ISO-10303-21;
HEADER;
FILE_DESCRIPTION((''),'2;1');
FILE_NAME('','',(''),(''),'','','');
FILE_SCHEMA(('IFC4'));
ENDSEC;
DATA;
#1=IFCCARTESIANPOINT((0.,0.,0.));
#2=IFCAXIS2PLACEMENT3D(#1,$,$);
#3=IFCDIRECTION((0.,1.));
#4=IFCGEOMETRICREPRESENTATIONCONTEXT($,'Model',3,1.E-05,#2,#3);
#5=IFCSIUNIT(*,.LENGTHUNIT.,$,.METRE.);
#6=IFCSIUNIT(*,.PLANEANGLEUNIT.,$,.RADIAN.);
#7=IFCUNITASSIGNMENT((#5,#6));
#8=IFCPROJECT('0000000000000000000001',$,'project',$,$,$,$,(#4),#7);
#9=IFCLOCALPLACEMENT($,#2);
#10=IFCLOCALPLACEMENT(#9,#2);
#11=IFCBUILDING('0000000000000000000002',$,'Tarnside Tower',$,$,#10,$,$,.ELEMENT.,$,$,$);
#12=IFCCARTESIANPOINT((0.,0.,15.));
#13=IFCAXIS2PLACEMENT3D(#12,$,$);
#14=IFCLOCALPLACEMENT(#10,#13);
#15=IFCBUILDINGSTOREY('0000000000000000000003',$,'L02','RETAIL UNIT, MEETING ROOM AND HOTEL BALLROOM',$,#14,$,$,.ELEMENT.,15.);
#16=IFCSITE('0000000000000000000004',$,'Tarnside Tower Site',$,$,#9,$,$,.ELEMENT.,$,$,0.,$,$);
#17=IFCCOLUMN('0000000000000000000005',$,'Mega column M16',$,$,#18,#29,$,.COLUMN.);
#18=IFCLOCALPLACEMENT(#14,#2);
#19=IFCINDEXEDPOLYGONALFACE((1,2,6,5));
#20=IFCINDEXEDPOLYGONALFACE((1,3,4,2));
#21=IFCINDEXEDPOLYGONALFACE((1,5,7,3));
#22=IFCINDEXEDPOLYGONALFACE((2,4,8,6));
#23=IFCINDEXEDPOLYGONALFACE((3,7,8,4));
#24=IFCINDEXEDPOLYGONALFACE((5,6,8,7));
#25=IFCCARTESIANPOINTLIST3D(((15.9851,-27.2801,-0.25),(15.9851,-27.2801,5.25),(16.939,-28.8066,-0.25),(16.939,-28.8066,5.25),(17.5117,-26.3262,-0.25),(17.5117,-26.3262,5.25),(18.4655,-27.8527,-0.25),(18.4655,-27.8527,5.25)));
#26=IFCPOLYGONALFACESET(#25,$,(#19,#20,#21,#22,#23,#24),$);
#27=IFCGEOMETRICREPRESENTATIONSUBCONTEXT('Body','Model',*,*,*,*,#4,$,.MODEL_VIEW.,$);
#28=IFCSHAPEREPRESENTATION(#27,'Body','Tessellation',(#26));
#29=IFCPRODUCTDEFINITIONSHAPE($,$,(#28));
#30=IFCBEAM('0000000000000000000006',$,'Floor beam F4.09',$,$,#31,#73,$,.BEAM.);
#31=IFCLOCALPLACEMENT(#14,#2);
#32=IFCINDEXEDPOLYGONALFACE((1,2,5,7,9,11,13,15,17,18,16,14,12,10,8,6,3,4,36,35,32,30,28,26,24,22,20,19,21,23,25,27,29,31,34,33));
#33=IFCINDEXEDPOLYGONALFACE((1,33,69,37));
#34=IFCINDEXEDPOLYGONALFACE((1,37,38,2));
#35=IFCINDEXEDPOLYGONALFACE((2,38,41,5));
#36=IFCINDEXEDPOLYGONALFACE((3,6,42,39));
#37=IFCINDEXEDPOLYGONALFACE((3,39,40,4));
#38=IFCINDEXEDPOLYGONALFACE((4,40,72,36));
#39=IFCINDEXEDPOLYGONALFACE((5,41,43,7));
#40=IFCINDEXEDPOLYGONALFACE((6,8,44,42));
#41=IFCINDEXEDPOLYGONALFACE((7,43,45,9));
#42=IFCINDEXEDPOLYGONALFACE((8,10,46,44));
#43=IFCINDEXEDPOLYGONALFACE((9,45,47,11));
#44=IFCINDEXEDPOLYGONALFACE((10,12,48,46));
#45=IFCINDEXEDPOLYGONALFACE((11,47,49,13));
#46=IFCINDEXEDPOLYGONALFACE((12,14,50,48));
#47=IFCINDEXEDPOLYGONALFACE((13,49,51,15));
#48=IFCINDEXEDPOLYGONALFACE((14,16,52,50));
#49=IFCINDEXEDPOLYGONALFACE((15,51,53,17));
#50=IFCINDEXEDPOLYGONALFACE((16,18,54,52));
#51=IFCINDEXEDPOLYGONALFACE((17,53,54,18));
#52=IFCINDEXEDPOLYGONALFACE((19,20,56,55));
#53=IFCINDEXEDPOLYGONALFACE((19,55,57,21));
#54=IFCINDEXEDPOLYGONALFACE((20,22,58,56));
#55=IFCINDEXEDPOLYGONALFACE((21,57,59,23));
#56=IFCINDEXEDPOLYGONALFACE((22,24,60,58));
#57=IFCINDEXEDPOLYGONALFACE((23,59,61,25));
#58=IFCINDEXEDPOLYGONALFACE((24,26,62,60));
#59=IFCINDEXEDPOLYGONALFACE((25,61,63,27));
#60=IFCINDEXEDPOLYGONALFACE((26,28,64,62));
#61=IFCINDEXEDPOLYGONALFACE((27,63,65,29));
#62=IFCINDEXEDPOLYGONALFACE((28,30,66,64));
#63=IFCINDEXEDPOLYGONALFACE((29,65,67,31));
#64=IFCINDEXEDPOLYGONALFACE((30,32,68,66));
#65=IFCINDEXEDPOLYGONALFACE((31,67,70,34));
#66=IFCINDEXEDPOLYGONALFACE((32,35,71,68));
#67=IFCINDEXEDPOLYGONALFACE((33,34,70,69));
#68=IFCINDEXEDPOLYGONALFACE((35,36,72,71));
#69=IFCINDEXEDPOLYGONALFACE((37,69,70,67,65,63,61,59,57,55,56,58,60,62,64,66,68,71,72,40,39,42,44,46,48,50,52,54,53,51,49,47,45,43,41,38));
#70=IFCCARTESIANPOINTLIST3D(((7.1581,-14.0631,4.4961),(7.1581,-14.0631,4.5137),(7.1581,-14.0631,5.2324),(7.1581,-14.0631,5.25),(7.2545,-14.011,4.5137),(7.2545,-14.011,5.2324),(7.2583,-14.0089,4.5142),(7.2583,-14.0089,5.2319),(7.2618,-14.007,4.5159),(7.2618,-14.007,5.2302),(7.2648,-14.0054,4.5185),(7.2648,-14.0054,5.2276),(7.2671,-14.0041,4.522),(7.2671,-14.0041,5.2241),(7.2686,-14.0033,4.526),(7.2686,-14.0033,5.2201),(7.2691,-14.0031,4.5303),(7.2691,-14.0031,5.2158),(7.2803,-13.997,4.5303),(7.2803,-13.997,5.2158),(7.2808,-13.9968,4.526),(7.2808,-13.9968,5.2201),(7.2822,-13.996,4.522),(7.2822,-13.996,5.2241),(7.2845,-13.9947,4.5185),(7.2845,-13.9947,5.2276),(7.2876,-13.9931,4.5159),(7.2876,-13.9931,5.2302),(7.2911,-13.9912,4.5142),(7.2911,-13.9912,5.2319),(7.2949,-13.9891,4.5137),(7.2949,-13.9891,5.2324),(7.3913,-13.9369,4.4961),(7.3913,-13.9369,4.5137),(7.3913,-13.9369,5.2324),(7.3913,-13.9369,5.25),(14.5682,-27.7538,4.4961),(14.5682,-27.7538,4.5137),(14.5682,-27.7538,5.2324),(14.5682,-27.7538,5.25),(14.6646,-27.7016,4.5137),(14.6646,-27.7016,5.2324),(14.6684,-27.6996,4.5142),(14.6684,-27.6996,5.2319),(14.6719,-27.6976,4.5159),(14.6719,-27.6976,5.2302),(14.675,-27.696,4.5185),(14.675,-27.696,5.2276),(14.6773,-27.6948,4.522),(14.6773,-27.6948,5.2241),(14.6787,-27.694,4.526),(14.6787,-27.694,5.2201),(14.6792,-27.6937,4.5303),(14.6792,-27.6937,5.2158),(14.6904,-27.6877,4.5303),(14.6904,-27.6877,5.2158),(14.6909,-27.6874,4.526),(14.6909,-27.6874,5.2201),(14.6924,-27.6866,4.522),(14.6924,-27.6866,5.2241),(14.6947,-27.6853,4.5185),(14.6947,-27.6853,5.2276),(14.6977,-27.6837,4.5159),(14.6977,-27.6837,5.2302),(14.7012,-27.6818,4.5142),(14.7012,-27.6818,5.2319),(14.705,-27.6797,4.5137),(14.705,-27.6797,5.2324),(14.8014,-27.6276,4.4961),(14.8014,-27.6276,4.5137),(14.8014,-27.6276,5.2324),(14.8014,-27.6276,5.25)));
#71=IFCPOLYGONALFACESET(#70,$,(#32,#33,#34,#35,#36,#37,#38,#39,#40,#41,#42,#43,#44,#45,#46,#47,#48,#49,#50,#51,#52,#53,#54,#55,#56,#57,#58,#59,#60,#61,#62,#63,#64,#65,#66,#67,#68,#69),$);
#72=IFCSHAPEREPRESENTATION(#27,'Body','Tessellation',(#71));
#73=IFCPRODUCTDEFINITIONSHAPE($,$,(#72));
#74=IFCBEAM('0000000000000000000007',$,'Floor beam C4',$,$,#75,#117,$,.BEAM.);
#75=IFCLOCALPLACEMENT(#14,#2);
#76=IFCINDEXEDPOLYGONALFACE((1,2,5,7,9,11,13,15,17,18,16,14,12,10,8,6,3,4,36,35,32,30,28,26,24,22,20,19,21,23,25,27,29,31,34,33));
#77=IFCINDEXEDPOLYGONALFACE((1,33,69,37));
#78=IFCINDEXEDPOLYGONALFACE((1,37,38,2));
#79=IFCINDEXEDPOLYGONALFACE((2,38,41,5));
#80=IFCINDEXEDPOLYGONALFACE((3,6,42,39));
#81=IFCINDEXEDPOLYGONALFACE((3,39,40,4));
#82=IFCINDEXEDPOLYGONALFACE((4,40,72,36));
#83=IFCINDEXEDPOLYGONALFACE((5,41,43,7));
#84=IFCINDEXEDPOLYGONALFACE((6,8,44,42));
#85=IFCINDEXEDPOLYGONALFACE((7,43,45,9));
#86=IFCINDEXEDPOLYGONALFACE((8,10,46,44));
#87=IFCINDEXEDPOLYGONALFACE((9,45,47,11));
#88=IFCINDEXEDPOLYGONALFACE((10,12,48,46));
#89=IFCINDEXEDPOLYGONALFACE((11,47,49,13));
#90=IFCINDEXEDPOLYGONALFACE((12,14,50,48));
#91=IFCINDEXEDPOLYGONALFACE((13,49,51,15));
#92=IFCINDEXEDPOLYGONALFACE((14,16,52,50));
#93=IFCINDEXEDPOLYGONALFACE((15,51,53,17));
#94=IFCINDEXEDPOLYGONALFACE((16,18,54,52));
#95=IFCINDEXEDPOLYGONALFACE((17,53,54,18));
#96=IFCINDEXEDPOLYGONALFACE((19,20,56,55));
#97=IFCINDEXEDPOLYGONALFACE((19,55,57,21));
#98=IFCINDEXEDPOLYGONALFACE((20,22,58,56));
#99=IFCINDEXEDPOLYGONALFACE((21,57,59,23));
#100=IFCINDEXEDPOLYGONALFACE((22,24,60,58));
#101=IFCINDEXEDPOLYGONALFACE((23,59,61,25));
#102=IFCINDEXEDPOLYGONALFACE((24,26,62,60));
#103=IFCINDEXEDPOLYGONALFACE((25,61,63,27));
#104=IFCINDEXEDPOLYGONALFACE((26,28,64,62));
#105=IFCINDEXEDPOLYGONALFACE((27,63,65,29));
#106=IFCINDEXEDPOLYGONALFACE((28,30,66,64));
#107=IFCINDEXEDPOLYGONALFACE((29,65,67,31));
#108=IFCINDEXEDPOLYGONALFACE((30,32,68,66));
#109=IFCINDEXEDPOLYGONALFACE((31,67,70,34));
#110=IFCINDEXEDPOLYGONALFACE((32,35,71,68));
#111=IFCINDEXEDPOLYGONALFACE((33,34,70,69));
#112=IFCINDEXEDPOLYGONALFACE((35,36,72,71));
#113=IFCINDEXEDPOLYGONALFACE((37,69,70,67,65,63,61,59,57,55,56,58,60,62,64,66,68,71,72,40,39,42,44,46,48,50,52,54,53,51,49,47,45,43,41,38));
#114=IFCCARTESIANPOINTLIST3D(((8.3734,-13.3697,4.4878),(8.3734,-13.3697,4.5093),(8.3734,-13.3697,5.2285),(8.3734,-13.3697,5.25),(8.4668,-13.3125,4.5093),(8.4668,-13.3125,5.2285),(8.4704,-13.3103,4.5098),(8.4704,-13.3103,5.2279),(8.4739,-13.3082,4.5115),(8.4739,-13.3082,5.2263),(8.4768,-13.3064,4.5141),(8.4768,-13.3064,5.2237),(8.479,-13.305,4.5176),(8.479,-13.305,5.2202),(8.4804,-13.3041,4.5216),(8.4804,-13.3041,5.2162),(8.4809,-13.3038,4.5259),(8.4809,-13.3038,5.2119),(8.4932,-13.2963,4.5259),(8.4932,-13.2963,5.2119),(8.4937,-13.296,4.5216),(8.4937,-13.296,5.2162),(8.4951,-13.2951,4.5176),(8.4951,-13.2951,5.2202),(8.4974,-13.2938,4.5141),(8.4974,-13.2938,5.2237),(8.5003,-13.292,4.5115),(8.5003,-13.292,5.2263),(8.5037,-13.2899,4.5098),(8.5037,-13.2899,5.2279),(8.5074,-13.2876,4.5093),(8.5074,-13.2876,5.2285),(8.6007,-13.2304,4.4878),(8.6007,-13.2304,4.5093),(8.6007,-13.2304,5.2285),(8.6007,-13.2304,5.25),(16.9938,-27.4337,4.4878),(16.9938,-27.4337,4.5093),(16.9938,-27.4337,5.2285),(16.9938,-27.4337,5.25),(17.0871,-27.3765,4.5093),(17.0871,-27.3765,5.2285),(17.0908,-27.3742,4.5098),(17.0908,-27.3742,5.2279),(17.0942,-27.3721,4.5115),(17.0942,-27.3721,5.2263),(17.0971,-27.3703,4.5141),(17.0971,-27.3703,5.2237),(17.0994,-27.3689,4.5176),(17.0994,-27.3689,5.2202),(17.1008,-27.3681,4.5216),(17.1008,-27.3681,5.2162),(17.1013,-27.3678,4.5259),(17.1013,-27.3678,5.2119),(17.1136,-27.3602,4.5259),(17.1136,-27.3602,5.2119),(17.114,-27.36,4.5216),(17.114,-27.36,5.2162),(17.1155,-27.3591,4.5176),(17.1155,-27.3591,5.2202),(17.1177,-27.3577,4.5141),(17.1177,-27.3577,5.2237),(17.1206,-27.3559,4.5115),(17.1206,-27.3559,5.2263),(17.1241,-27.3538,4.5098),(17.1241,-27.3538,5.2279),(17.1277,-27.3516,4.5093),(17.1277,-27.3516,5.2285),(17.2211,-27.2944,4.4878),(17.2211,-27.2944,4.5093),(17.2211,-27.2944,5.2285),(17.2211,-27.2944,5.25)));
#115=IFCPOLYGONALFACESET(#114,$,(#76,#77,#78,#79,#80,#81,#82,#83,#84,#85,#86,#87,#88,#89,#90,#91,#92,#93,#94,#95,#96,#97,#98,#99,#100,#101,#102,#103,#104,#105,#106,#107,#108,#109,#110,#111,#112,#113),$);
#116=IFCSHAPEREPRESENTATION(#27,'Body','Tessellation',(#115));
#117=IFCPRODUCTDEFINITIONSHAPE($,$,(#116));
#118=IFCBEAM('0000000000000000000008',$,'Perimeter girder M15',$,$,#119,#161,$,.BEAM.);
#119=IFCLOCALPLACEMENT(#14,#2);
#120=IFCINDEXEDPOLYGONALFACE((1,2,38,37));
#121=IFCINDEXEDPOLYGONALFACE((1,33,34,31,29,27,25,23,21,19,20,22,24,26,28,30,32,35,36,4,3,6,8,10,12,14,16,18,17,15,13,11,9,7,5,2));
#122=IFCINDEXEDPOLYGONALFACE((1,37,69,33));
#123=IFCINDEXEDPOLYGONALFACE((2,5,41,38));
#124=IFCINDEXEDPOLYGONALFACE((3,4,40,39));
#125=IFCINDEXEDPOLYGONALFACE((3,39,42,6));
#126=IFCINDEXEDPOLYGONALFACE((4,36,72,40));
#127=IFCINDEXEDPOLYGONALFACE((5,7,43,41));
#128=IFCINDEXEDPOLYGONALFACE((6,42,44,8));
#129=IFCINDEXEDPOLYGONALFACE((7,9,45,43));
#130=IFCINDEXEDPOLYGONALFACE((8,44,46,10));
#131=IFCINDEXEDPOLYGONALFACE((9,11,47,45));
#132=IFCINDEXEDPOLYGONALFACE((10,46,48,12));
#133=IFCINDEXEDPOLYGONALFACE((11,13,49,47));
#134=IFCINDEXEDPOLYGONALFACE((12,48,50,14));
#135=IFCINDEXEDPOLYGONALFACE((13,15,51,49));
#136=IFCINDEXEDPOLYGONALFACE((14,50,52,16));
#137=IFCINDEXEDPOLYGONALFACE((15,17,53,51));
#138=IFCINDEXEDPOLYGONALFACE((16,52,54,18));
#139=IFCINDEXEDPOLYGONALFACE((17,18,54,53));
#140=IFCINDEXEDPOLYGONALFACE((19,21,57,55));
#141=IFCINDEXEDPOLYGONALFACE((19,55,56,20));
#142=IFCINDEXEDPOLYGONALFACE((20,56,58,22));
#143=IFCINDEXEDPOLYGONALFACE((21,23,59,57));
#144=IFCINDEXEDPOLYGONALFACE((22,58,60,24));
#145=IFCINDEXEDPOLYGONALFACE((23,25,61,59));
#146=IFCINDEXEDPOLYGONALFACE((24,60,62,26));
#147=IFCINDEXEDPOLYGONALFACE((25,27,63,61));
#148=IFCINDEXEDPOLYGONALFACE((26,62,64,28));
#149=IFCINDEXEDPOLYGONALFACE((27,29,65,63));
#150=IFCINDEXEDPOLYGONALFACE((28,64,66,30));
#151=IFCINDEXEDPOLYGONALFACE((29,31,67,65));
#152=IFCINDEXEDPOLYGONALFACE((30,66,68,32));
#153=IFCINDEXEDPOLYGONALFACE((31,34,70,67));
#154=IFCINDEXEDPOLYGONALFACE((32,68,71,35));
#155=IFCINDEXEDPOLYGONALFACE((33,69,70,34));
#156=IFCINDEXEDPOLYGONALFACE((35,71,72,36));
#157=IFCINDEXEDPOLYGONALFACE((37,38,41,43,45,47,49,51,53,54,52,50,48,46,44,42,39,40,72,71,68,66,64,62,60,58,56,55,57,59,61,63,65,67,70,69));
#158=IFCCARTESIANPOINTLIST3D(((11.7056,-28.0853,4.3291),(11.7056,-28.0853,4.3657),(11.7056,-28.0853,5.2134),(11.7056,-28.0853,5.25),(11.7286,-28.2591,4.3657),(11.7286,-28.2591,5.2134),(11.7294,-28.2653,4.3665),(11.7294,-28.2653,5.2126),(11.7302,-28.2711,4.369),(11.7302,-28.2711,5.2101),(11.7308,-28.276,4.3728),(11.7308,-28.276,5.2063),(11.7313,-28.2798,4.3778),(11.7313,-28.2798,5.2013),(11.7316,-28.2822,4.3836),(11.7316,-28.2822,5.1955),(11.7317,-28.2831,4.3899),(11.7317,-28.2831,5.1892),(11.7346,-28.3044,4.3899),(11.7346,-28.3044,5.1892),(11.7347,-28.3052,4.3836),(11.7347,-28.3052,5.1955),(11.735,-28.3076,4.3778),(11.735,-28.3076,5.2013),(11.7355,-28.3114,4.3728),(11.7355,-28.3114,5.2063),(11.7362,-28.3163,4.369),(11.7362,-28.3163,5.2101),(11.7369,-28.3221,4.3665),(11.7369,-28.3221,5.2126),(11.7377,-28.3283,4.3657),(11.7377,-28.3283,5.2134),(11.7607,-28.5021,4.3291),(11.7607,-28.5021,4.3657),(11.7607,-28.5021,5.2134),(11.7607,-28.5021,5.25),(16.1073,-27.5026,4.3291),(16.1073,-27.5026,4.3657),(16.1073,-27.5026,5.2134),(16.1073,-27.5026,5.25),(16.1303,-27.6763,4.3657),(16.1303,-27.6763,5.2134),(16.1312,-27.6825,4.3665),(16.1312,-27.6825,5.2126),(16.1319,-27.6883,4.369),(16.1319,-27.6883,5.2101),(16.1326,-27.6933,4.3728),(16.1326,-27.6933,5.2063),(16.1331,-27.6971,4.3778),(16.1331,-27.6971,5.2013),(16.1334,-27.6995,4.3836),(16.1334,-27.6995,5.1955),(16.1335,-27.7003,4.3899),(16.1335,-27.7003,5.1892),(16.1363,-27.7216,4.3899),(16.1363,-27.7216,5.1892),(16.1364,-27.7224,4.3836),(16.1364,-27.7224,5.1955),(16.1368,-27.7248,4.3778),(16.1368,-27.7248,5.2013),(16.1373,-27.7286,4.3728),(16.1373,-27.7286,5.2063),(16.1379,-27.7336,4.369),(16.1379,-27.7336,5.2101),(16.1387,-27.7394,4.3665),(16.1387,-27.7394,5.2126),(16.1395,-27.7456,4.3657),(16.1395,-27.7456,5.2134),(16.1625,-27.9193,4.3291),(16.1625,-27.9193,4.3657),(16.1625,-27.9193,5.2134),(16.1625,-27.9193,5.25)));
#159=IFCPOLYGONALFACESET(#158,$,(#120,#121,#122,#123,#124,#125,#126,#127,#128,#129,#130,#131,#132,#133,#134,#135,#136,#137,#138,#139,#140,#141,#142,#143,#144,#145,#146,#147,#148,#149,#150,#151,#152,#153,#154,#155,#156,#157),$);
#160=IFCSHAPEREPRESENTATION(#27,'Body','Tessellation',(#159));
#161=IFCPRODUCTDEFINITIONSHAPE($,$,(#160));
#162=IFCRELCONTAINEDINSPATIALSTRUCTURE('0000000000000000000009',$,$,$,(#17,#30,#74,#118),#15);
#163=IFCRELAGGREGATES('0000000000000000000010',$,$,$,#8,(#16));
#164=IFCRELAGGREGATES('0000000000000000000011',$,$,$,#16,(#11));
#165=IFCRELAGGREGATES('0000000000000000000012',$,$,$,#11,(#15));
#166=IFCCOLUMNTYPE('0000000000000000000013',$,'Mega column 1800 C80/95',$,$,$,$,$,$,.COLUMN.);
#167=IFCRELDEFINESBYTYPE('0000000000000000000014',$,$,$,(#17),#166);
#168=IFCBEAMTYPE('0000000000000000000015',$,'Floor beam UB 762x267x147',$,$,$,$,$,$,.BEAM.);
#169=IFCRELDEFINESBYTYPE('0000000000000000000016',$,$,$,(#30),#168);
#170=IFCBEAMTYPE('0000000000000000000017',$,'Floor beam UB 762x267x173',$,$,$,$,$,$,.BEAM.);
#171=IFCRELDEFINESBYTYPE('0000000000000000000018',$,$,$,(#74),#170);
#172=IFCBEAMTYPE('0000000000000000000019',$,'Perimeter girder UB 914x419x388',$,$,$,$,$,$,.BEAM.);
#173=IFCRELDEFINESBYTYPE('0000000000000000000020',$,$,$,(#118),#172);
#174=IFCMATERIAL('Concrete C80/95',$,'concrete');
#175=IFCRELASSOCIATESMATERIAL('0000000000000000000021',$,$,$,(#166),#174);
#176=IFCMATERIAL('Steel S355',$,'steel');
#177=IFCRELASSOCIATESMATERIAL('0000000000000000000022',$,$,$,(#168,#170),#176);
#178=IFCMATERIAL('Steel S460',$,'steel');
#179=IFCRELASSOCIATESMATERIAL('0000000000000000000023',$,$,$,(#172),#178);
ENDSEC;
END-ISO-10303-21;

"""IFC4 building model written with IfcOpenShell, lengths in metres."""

from ifc_helpers import new_model, si_unit, direction, frame, origin, origin_2d, place, context, subcontext, project, spatial, rectangle, i_section, extrude, material, material_profile, profile_set, type_object, element, save


model = new_model("IFC4")

# Units and contexts
model_context = context("Model", 3, precision=1e-05, world=origin(), true_north=direction((0.0, 1.0)))
body_context = subcontext(model_context, "Body", "Model", "MODEL_VIEW")
ifc_project = project(units=[si_unit("LENGTHUNIT", "METRE"), si_unit("PLANEANGLEUNIT", "RADIAN")], contexts=[model_context])

# Site, building, storey
site_placement = place(None, origin())
site = spatial("IfcSite", under=ifc_project, at=site_placement, Name="Tarnside Tower Site", CompositionType="ELEMENT", RefElevation=0.0)
building_placement = place(site_placement, origin())
building = spatial("IfcBuilding", under=site, at=building_placement, Name="Tarnside Tower", CompositionType="ELEMENT")
storey_placement = place(building_placement, frame((0.0, 0.0, 15.0)))
storey = spatial("IfcBuildingStorey", under=building, at=storey_placement, Name="L02", Description="RETAIL UNIT, MEETING ROOM AND HOTEL BALLROOM", CompositionType="ELEMENT", Elevation=15.0)

# Column
ifc_material_1 = material(Name="Concrete C80/95", Category="concrete")
ifc_material_profile_1 = material_profile(ifc_material_1, rectangle(XDim=1.8, YDim=1.8, at=origin_2d()), Name="Mega column 1800x1800")
ifc_profile_set_1 = profile_set([ifc_material_profile_1], Name="Concrete C80/95")
column_type = type_object("IfcColumnType", Name="Mega column 1800 C80/95", PredefinedType="COLUMN", material=ifc_profile_set_1)
column_placement = place(storey_placement, frame((17.2253, -27.5664, -0.25), z_axis=(0.0, 0.0, 1.0), x_axis=(-0.848048, -0.529919, 0.0)))
element("IfcColumn", 1, at=column_placement, inside=storey, type_object=column_type, Name="Mega column M16", PredefinedType="COLUMN", context=body_context, shape_type="SweptSolid", body=[
    extrude(rectangle(XDim=1.8, YDim=1.8, at=origin_2d()), origin(), (0.0, 0.0, 1.0), 5.5),
])

# Beams
ifc_material_2 = material(Name="Steel S355", Category="steel")
ifc_material_profile_2 = material_profile(ifc_material_2, i_section(OverallWidth=0.2651, OverallDepth=0.7539, WebThickness=0.0127, FlangeThickness=0.0176, FilletRadius=0.0166, at=origin_2d()), Name="UB 762x267x147")
ifc_profile_set_2 = profile_set([ifc_material_profile_2], Name="Steel S355")
beam_type_1 = type_object("IfcBeamType", Name="Floor beam UB 762x267x147", PredefinedType="BEAM", material=ifc_profile_set_2)
beam_1_placement = place(storey_placement, frame((14.6848, -27.6907, 4.873), z_axis=(-0.476004, 0.879443, 0.0), x_axis=(-0.879443, -0.476004, 0.0)))
element("IfcBeam", 2, at=beam_1_placement, inside=storey, type_object=beam_type_1, Name="Floor beam F4.09", PredefinedType="BEAM", context=body_context, shape_type="SweptSolid", body=[
    extrude(i_section(OverallWidth=0.2651, OverallDepth=0.7539, WebThickness=0.0127, FlangeThickness=0.0176, FilletRadius=0.0166, at=origin_2d()), origin(), (0.0, 0.0, 1.0), 15.5674),
])
ifc_material_profile_3 = material_profile(ifc_material_2, i_section(OverallWidth=0.2666, OverallDepth=0.7622, WebThickness=0.0144, FlangeThickness=0.0215, FilletRadius=0.0166, at=origin_2d()), Name="UB 762x267x173")
ifc_profile_set_3 = profile_set([ifc_material_profile_3], Name="Steel S355")
beam_type_2 = type_object("IfcBeamType", Name="Floor beam UB 762x267x173", PredefinedType="BEAM", material=ifc_profile_set_3)
beam_2_placement = place(storey_placement, frame((17.1074, -27.364, 4.8689), z_axis=(-0.522585, 0.852587, 0.0), x_axis=(-0.852587, -0.522585, 0.0)))
element("IfcBeam", 3, at=beam_2_placement, inside=storey, type_object=beam_type_2, Name="Floor beam C4", PredefinedType="BEAM", context=body_context, shape_type="SweptSolid", body=[
    extrude(i_section(OverallWidth=0.2666, OverallDepth=0.7622, WebThickness=0.0144, FlangeThickness=0.0215, FilletRadius=0.0166, at=origin_2d()), origin(), (0.0, 0.0, 1.0), 16.4956),
])
ifc_material_3 = material(Name="Steel S460", Category="steel")
ifc_material_profile_4 = material_profile(ifc_material_3, i_section(OverallWidth=0.4204, OverallDepth=0.9209, WebThickness=0.0215, FlangeThickness=0.0366, FilletRadius=0.0242, at=origin_2d()), Name="UB 914x419x388")
ifc_profile_set_4 = profile_set([ifc_material_profile_4], Name="Steel S460")
beam_type_3 = type_object("IfcBeamType", Name="Perimeter girder UB 914x419x388", PredefinedType="BEAM", material=ifc_profile_set_4)
for number, where, z_axis, x_axis, name in (
    (4, (11.7332, -28.2937, 4.7896), (0.99135, 0.131245, 0.0), (-0.131245, 0.99135, 0.0), "Perimeter girder M15"),
):
    element("IfcBeam", number, at=place(storey_placement, frame(where, z_axis=z_axis, x_axis=x_axis)), inside=storey, type_object=beam_type_3, Name=name, PredefinedType="BEAM", context=body_context, shape_type="SweptSolid", body=[
        extrude(i_section(OverallWidth=0.4204, OverallDepth=0.9209, WebThickness=0.0215, FlangeThickness=0.0366, FilletRadius=0.0242, at=origin_2d()), origin(), (0.0, 0.0, 1.0), 4.4402),
    ])

save(model, "model.ifc")
